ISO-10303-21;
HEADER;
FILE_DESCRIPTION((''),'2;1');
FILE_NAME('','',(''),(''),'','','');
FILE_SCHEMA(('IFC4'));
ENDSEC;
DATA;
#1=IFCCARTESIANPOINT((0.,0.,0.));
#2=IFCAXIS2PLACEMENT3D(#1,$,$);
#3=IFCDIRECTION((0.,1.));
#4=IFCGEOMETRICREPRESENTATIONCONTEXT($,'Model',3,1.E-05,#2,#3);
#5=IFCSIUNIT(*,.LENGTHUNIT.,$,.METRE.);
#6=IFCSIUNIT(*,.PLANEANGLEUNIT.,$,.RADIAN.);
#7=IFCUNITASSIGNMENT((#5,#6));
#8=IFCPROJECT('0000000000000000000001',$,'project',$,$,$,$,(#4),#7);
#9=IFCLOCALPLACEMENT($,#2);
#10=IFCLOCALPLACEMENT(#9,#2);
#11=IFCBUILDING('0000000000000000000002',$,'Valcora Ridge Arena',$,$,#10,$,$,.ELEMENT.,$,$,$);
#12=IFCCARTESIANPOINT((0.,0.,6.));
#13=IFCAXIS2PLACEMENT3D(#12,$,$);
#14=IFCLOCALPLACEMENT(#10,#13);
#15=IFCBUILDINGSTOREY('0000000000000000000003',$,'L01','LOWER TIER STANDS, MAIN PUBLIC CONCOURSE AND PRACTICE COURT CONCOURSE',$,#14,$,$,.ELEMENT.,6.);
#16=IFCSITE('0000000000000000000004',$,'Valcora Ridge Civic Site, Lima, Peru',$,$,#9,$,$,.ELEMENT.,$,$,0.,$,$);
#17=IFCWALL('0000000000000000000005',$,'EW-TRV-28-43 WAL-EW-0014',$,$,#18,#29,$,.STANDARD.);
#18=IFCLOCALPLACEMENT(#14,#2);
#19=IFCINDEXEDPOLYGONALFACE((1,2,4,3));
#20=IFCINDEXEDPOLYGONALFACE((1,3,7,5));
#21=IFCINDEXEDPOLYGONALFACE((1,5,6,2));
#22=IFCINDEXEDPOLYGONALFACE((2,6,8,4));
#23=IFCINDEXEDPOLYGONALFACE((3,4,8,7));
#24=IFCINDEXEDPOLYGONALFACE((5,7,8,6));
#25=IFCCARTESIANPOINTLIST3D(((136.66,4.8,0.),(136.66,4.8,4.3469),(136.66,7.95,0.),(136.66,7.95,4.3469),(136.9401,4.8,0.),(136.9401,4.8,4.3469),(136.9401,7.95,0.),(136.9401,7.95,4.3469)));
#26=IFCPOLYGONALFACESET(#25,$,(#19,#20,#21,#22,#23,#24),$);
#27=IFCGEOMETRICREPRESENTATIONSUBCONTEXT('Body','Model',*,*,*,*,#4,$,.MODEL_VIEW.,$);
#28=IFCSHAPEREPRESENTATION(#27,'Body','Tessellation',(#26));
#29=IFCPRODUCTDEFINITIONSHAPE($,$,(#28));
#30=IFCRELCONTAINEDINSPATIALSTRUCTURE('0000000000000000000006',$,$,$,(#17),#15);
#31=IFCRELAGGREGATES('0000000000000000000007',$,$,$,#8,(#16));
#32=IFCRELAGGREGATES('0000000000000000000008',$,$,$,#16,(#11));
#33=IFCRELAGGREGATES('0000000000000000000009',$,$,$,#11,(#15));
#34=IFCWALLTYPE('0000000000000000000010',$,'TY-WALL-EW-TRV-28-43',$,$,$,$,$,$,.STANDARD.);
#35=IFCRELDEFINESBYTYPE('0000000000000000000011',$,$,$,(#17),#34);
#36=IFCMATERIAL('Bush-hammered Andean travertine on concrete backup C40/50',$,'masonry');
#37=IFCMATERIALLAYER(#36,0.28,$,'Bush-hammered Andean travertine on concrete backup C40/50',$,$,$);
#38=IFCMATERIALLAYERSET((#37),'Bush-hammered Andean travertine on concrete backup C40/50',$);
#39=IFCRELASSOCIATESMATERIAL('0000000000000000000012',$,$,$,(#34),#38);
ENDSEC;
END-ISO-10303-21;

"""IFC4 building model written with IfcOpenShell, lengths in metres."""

from ifc_helpers import new_model, si_unit, direction, frame, frame_2d, origin, place, context, subcontext, project, spatial, rectangle, extrude, material, layer, layer_set, type_object, element, save


model = new_model("IFC4")

# Units and contexts
model_context = context("Model", 3, precision=1e-05, world=origin(), true_north=direction((0.0, 1.0)))
body_context = subcontext(model_context, "Body", "Model", "MODEL_VIEW")
ifc_project = project(units=[si_unit("LENGTHUNIT", "METRE"), si_unit("PLANEANGLEUNIT", "RADIAN")], contexts=[model_context])

# Site, building, storey
site_placement = place(None, origin())
site = spatial("IfcSite", under=ifc_project, at=site_placement, Name="Valcora Ridge Civic Site, Lima, Peru", CompositionType="ELEMENT", RefElevation=0.0)
building_placement = place(site_placement, origin())
building = spatial("IfcBuilding", under=site, at=building_placement, Name="Valcora Ridge Arena", CompositionType="ELEMENT")
storey_placement = place(building_placement, frame((0.0, 0.0, 6.0)))
storey = spatial("IfcBuildingStorey", under=building, at=storey_placement, Name="L01", Description="LOWER TIER STANDS, MAIN PUBLIC CONCOURSE AND PRACTICE COURT CONCOURSE", CompositionType="ELEMENT", Elevation=6.0)

# Wall
ifc_material_1 = material(Name="Bush-hammered Andean travertine on concrete backup C40/50", Category="masonry")
ifc_layer_1 = layer(ifc_material_1, 0.28, Name="Bush-hammered Andean travertine on concrete backup C40/50")
ifc_layer_set_1 = layer_set([ifc_layer_1], Name="Bush-hammered Andean travertine on concrete backup C40/50")
wall_type = type_object("IfcWallType", Name="TY-WALL-EW-TRV-28-43", PredefinedType="STANDARD", material=ifc_layer_set_1)
wall_placement = place(storey_placement, frame((136.8, 4.8, 0.0), z_axis=(0.0, 0.0, 1.0), x_axis=(0.0, 1.0, 0.0)))
element("IfcWall", 1, at=wall_placement, inside=storey, type_object=wall_type, Name="EW-TRV-28-43 WAL-EW-0014", PredefinedType="STANDARD", context=body_context, shape_type="SweptSolid", body=[
    extrude(rectangle(XDim=3.1499, YDim=0.28, at=frame_2d((1.575, 0.0))), origin(), (0.0, 0.0, 1.0), 4.3469),
])

save(model, "model.ifc")
